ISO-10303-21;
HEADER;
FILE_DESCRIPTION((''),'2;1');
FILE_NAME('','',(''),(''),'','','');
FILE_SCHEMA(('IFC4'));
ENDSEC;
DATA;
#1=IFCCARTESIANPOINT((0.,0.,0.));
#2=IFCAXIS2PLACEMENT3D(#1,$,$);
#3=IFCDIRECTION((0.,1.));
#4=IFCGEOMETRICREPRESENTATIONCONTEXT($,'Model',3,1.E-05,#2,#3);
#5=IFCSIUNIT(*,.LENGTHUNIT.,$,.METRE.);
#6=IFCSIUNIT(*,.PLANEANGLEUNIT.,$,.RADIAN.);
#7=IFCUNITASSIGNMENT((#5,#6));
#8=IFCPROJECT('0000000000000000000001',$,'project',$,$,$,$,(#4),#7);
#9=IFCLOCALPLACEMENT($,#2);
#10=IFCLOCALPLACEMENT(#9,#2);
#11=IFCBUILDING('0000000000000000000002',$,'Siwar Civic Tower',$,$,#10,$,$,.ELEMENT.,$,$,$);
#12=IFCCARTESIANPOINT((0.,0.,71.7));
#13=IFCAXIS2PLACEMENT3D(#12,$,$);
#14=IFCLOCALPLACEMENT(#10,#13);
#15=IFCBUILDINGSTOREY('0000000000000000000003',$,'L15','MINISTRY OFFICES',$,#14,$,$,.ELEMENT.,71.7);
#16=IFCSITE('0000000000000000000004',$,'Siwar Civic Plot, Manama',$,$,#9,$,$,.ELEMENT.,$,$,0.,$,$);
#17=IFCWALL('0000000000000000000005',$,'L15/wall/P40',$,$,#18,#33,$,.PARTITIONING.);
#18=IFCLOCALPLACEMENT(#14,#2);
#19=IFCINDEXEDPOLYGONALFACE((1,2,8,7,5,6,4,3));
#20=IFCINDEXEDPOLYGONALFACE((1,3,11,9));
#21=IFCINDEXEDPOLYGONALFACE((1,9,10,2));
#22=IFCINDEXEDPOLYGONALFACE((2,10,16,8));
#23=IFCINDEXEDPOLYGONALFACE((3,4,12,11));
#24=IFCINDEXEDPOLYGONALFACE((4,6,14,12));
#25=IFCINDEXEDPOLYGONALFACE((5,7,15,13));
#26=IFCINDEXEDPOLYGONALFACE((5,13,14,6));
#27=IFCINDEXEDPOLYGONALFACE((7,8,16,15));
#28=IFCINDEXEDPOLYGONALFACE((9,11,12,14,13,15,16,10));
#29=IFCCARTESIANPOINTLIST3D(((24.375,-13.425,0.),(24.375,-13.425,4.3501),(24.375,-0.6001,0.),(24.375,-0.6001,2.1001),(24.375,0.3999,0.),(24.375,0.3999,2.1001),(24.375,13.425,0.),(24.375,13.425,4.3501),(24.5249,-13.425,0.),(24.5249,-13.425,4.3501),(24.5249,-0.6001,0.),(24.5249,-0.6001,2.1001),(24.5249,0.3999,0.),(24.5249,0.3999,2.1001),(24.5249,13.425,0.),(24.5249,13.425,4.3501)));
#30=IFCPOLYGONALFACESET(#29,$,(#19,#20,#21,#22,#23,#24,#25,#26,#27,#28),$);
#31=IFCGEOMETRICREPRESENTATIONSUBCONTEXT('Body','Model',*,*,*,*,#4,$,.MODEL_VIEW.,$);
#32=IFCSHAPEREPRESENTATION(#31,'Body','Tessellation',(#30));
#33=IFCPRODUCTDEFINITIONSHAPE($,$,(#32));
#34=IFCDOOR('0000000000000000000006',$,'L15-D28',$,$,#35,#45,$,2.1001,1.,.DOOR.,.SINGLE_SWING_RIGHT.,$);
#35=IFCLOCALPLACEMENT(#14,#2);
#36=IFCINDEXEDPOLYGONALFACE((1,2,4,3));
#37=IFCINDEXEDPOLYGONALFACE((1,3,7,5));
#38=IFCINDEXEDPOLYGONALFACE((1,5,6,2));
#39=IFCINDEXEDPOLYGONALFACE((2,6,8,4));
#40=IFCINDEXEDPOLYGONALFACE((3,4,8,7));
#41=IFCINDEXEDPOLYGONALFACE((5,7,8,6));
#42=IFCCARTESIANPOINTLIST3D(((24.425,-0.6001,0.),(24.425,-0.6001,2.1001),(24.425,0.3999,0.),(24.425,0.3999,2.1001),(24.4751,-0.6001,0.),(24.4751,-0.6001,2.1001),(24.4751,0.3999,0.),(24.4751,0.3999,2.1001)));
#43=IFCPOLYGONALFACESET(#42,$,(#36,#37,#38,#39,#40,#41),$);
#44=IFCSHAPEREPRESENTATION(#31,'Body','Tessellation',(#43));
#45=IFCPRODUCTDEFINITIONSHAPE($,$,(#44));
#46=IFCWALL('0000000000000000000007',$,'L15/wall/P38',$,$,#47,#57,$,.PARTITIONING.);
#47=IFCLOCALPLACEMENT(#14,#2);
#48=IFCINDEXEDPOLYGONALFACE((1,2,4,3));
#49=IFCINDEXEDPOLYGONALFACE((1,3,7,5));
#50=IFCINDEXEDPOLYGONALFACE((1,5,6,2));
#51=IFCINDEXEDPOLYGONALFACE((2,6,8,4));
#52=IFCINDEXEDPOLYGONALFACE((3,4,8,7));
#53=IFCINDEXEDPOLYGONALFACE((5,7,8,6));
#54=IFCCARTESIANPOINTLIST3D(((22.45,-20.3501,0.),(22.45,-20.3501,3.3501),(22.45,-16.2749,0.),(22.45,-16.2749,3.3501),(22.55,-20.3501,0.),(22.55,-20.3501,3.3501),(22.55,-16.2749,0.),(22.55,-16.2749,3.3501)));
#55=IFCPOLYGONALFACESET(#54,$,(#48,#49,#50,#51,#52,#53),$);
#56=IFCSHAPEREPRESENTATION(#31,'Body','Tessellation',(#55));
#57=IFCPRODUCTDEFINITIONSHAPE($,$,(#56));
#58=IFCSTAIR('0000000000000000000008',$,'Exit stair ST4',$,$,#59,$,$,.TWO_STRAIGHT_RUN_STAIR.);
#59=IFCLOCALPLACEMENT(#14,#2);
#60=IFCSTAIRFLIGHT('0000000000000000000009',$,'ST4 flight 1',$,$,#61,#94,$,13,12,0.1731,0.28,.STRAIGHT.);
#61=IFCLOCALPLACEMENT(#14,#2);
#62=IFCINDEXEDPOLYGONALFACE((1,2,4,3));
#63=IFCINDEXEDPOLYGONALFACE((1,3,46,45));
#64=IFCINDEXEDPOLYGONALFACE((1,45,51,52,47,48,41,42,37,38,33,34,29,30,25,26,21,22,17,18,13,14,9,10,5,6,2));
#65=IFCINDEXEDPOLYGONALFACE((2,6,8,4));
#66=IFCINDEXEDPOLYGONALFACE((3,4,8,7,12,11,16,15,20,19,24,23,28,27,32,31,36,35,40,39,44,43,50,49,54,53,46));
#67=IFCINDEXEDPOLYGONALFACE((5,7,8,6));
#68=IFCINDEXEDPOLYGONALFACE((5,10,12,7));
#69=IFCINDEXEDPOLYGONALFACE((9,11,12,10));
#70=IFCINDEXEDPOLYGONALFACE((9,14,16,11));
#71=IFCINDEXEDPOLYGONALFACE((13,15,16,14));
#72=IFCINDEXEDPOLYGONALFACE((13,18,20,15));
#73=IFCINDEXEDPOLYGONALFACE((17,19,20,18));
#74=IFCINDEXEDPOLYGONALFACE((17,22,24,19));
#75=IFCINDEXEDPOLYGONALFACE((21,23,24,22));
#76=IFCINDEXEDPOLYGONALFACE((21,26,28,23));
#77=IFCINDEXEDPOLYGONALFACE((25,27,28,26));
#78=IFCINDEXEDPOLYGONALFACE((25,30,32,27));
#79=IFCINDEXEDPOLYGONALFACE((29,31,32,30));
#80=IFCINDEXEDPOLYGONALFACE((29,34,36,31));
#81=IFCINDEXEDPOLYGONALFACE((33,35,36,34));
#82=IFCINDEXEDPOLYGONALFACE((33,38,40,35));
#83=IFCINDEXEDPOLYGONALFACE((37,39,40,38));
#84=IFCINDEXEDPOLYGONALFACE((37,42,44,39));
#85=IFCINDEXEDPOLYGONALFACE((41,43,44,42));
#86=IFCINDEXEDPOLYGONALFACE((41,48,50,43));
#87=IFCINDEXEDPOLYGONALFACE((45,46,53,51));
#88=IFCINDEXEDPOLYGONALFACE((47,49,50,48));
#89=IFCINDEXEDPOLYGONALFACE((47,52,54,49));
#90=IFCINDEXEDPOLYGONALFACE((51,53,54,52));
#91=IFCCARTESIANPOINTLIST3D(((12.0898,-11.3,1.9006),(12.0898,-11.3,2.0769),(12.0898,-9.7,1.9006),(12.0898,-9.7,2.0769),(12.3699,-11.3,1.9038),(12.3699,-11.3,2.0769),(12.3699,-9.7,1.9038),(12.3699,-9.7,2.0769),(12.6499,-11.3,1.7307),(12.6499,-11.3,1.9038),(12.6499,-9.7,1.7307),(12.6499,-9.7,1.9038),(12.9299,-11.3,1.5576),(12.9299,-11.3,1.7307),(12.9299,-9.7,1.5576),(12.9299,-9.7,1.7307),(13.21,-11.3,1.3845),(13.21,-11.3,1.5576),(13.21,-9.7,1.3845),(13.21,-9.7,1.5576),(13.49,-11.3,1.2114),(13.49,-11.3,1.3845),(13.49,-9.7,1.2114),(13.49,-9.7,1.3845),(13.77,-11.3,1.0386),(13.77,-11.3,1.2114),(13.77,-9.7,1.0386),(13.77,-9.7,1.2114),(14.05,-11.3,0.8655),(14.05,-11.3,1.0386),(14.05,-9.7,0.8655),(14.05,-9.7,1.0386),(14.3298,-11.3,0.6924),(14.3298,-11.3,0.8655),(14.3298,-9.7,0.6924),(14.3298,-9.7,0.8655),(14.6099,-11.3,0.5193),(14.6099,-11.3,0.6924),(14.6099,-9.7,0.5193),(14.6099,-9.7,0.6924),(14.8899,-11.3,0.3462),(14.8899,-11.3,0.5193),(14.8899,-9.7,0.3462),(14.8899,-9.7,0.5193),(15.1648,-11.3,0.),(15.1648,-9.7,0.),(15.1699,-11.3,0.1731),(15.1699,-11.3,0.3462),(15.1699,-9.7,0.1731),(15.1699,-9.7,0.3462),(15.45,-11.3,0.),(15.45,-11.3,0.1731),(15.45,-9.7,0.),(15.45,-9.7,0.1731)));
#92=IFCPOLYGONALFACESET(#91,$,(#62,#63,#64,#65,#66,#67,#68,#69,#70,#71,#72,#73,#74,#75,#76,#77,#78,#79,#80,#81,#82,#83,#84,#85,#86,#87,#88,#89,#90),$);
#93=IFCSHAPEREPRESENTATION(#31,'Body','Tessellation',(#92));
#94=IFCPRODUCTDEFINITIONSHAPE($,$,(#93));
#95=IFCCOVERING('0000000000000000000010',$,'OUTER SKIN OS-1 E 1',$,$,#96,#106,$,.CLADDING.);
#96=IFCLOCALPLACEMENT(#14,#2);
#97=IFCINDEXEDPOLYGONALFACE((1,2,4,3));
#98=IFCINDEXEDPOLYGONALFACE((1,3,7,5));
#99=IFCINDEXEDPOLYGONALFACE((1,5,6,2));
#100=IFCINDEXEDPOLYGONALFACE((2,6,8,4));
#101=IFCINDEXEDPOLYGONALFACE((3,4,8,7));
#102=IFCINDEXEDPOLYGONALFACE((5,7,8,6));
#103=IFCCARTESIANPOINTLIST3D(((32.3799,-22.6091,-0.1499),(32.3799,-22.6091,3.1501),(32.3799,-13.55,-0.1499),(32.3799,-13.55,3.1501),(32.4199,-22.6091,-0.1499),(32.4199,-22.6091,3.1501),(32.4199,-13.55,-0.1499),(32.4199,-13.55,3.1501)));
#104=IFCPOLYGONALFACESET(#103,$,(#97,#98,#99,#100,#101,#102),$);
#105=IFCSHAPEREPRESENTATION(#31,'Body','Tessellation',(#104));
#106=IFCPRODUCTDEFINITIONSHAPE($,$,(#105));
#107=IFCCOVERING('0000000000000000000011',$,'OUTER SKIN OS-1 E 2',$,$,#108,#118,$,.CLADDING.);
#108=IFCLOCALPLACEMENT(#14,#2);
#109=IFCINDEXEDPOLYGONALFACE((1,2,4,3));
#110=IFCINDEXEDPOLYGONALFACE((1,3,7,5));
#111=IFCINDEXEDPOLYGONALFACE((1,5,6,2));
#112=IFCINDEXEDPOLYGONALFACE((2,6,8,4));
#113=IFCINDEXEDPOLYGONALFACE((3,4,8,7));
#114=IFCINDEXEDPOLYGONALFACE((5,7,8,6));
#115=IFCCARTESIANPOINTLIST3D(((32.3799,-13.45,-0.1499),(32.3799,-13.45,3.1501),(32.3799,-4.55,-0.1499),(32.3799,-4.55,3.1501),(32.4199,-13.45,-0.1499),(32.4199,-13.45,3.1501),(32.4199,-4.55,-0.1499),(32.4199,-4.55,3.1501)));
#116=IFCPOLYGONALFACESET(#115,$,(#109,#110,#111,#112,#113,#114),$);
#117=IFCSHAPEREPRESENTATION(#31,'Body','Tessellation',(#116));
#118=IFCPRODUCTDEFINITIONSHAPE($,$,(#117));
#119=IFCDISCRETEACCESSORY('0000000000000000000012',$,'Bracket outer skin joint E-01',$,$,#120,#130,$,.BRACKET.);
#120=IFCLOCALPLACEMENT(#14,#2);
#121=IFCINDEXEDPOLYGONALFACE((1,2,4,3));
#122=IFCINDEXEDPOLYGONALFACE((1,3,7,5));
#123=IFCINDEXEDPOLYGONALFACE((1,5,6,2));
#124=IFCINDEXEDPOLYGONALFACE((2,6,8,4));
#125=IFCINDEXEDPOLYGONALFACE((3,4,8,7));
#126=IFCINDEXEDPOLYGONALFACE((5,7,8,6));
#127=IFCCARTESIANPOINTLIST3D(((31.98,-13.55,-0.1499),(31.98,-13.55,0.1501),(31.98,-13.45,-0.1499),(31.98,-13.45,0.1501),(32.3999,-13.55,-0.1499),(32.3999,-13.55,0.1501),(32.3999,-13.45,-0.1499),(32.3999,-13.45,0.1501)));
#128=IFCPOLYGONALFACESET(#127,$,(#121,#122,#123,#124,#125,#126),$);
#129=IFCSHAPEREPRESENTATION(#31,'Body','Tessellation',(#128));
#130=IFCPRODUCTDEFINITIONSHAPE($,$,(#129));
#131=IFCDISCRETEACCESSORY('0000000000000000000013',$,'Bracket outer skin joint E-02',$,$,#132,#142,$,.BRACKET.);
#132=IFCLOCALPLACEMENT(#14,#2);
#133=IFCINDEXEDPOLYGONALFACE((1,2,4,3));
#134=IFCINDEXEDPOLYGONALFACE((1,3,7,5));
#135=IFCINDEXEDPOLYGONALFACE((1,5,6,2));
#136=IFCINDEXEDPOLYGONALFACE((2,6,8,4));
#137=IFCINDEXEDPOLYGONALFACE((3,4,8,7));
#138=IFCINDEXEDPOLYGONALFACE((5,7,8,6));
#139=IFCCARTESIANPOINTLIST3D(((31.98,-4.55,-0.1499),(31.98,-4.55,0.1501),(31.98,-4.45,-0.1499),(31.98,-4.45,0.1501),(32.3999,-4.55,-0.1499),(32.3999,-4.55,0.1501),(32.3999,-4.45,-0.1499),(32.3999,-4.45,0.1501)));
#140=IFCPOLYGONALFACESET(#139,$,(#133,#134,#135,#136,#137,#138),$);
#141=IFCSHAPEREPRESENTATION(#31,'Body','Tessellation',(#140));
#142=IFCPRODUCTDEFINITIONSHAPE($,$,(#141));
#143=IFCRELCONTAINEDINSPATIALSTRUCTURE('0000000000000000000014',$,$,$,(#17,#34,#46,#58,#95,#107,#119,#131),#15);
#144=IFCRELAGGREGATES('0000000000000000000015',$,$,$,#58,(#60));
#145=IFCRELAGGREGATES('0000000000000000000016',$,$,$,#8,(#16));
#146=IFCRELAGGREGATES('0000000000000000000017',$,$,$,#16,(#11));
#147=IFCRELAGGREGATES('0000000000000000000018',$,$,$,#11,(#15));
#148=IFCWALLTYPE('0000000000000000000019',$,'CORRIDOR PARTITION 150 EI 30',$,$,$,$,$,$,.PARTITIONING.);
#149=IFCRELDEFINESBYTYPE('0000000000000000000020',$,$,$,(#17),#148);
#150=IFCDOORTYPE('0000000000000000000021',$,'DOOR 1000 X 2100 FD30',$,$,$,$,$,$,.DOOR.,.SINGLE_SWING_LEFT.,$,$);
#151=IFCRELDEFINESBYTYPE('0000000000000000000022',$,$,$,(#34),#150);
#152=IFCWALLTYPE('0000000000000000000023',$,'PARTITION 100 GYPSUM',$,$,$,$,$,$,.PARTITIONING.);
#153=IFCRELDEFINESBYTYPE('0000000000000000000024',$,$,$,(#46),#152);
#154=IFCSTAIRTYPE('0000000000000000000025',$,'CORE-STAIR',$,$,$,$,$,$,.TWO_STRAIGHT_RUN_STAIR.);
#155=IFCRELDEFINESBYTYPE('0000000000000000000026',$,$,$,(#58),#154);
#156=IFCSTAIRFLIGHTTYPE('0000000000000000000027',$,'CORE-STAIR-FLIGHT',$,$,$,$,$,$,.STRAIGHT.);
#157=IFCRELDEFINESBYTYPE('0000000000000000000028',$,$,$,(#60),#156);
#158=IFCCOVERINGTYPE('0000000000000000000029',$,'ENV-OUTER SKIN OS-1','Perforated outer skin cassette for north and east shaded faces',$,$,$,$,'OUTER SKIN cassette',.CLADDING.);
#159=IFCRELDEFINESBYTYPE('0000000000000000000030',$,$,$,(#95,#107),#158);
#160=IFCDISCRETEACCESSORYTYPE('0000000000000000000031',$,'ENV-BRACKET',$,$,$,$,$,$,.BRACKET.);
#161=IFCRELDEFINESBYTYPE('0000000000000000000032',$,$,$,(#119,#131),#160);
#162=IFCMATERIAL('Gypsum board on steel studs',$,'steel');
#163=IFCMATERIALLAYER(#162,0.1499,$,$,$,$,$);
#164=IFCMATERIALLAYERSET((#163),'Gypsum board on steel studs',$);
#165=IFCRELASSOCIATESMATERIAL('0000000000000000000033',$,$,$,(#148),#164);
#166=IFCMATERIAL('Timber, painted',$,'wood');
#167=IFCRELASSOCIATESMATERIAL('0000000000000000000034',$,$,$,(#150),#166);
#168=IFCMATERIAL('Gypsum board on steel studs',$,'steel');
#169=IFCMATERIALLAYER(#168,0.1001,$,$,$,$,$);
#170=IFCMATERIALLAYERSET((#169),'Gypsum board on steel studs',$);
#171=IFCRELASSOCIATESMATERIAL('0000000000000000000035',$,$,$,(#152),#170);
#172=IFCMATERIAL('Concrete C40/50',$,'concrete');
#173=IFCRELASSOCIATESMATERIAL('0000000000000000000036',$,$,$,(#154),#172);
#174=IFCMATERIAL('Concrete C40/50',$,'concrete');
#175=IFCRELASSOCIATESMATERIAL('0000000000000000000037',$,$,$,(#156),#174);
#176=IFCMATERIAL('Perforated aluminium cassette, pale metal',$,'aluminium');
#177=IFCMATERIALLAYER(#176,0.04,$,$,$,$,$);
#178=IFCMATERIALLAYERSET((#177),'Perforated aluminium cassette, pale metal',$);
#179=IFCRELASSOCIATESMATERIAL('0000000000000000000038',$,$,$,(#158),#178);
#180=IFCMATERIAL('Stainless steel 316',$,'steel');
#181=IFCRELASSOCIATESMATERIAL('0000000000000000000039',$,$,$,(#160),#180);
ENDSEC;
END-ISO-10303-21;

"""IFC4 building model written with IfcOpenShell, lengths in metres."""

from ifc_helpers import new_model, si_unit, direction, frame, frame_2d, origin, origin_2d, place, context, subcontext, project, spatial, polyline, rectangle, outline, extrude, material, layer, layer_set, type_object, element, fill, aggregate, save


model = new_model("IFC4")

# Units and contexts
model_context = context("Model", 3, precision=1e-05, world=origin(), true_north=direction((0.0, 1.0)))
body_context = subcontext(model_context, "Body", "Model", "MODEL_VIEW")
ifc_project = project(units=[si_unit("LENGTHUNIT", "METRE"), si_unit("PLANEANGLEUNIT", "RADIAN")], contexts=[model_context])

# Site, building, storey
site_placement = place(None, origin())
site = spatial("IfcSite", under=ifc_project, at=site_placement, Name="Siwar Civic Plot, Manama", CompositionType="ELEMENT", RefElevation=0.0)
building_placement = place(site_placement, origin())
building = spatial("IfcBuilding", under=site, at=building_placement, Name="Siwar Civic Tower", CompositionType="ELEMENT")
storey_placement = place(building_placement, frame((0.0, 0.0, 71.7)))
storey = spatial("IfcBuildingStorey", under=building, at=storey_placement, Name="L15", Description="MINISTRY OFFICES", CompositionType="ELEMENT", Elevation=71.7)

# Shared definitions
ifc_material_1 = material(Name="Gypsum board on steel studs", Category="steel")
ifc_layer_1 = layer(ifc_material_1, 0.1499)
ifc_layer_set_1 = layer_set([ifc_layer_1], Name="Gypsum board on steel studs")
wall_type_1 = type_object("IfcWallType", Name="CORRIDOR PARTITION 150 EI 30", PredefinedType="PARTITIONING", material=ifc_layer_set_1)

# Wall, opening, door
wall_1_placement = place(storey_placement, frame((24.45, -13.425, 0.0), z_axis=(0.0, 0.0, 1.0), x_axis=(0.0, 1.0, 0.0)))
wall_1 = element("IfcWall", 1, at=wall_1_placement, inside=storey, type_object=wall_type_1, Name="L15/wall/P40", PredefinedType="PARTITIONING", context=body_context, shape_type="SweptSolid", body=[
    extrude(rectangle(XDim=26.8501, YDim=0.1499, at=frame_2d((13.425, 0.0))), origin(), (0.0, 0.0, 1.0), 4.3501),
])
opening_1_placement = place(wall_1_placement, frame((12.825, 0.0, 0.0)))
opening_1 = element("IfcOpeningElement", 2, at=opening_1_placement, cuts=wall_1, PredefinedType="OPENING", context=body_context, shape_type="SweptSolid", body=[
    extrude(rectangle(XDim=1.0, YDim=2.1001, at=frame_2d((0.5, 1.05))), frame((0.0, 0.085, 0.0), z_axis=(0.0, -1.0, 0.0), x_axis=(1.0, 0.0, 0.0)), (0.0, 0.0, 1.0), 0.1699),
])
ifc_material_2 = material(Name="Timber, painted", Category="wood")
door_type_1 = type_object("IfcDoorType", Name="DOOR 1000 X 2100 FD30", OperationType="SINGLE_SWING_LEFT", PredefinedType="DOOR", material=ifc_material_2)
door_1_placement = place(opening_1_placement, origin())
door_1 = element("IfcDoor", 3, at=door_1_placement, inside=storey, type_object=door_type_1, Name="L15-D28", OperationType="SINGLE_SWING_RIGHT", OverallHeight=2.1001, OverallWidth=1.0, PredefinedType="DOOR", context=body_context, shape_type="SweptSolid", body=[
    extrude(rectangle(XDim=1.0, YDim=2.1001, at=frame_2d((0.5, 1.05))), frame((0.0, 0.0249, 0.0), z_axis=(0.0, -1.0, 0.0), x_axis=(1.0, 0.0, 0.0)), (0.0, 0.0, 1.0), 0.05),
])
fill(opening_1, door_1)

# Wall
ifc_material_3 = material(Name="Gypsum board on steel studs", Category="steel")
ifc_layer_2 = layer(ifc_material_3, 0.1001)
ifc_layer_set_2 = layer_set([ifc_layer_2], Name="Gypsum board on steel studs")
wall_type_2 = type_object("IfcWallType", Name="PARTITION 100 GYPSUM", PredefinedType="PARTITIONING", material=ifc_layer_set_2)
wall_2_placement = place(storey_placement, frame((22.5, -20.3501, 0.0), z_axis=(0.0, 0.0, 1.0), x_axis=(0.0, 1.0, 0.0)))
element("IfcWall", 4, at=wall_2_placement, inside=storey, type_object=wall_type_2, Name="L15/wall/P38", PredefinedType="PARTITIONING", context=body_context, shape_type="SweptSolid", body=[
    extrude(rectangle(XDim=4.0752, YDim=0.1001, at=frame_2d((2.0376, 0.0))), origin(), (0.0, 0.0, 1.0), 3.3501),
])

# Stair, stair flight
ifc_material_4 = material(Name="Concrete C40/50", Category="concrete")
stair_type = type_object("IfcStairType", Name="CORE-STAIR", PredefinedType="TWO_STRAIGHT_RUN_STAIR", material=ifc_material_4)
stair_placement = place(storey_placement, origin())
stair = element("IfcStair", 5, at=stair_placement, inside=storey, type_object=stair_type, Name="Exit stair ST4", PredefinedType="TWO_STRAIGHT_RUN_STAIR")
ifc_material_5 = material(Name="Concrete C40/50", Category="concrete")
stair_flight_type = type_object("IfcStairFlightType", Name="CORE-STAIR-FLIGHT", PredefinedType="STRAIGHT", material=ifc_material_5)
stair_flight_placement = place(storey_placement, frame((15.45, -10.5, 0.0), z_axis=(0.0, 0.0, 1.0), x_axis=(-1.0, 0.0, 0.0)))
stair_flight = element("IfcStairFlight", 6, at=stair_flight_placement, type_object=stair_flight_type, Name="ST4 flight 1", NumberOfRisers=13, NumberOfTreads=12, PredefinedType="STRAIGHT", RiserHeight=0.1731, TreadLength=0.28, context=body_context, shape_type="SweptSolid", body=[
    extrude(outline(polyline([(0.0, 0.0), (0.0, 0.1731), (0.28, 0.1731), (0.28, 0.3462), (0.5601, 0.3462), (0.5601, 0.5193), (0.8401, 0.5193), (0.8401, 0.6924), (1.1201, 0.6924), (1.1201, 0.8655), (1.3999, 0.8655), (1.3999, 1.0386), (1.6799, 1.0386), (1.6799, 1.2114), (1.96, 1.2114), (1.96, 1.3845), (2.24, 1.3845), (2.24, 1.5576), (2.52, 1.5576), (2.52, 1.7307), (2.8, 1.7307), (2.8, 1.9038), (3.0801, 1.9038), (3.0801, 2.0769), (3.3601, 2.0769), (3.3601, 2.25), (3.3601, 1.9006), (0.2852, 0.0), (0.0, 0.0)])), frame((0.0, 0.8, 0.0), z_axis=(0.0, -1.0, 0.0), x_axis=(1.0, 0.0, 0.0)), (0.0, 0.0, 1.0), 1.6001),
])
aggregate(stair, [stair_flight])

# Coverings
ifc_material_6 = material(Name="Perforated aluminium cassette, pale metal", Category="aluminium")
ifc_layer_3 = layer(ifc_material_6, 0.04)
ifc_layer_set_3 = layer_set([ifc_layer_3], Name="Perforated aluminium cassette, pale metal")
covering_type = type_object("IfcCoveringType", Name="ENV-OUTER SKIN OS-1", Description="Perforated outer skin cassette for north and east shaded faces", ElementType="OUTER SKIN cassette", PredefinedType="CLADDING", material=ifc_layer_set_3)
covering_1_placement = place(storey_placement, frame((32.3999, -18.0796, -0.1499), z_axis=(0.0, 0.0, 1.0), x_axis=(0.0, 1.0, 0.0)))
element("IfcCovering", 7, at=covering_1_placement, inside=storey, type_object=covering_type, Name="OUTER SKIN OS-1 E 1", PredefinedType="CLADDING", context=body_context, shape_type="SweptSolid", body=[
    extrude(rectangle(XDim=9.0591, YDim=0.04, at=origin_2d()), origin(), (0.0, 0.0, 1.0), 3.3),
])
covering_2_placement = place(storey_placement, frame((32.3999, -9.0, -0.1499), z_axis=(0.0, 0.0, 1.0), x_axis=(0.0, 1.0, 0.0)))
element("IfcCovering", 8, at=covering_2_placement, inside=storey, type_object=covering_type, Name="OUTER SKIN OS-1 E 2", PredefinedType="CLADDING", context=body_context, shape_type="SweptSolid", body=[
    extrude(rectangle(XDim=8.8999, YDim=0.04, at=origin_2d()), origin(), (0.0, 0.0, 1.0), 3.3),
])

# Discrete accessories
ifc_material_7 = material(Name="Stainless steel 316", Category="steel")
discrete_accessory_type = type_object("IfcDiscreteAccessoryType", Name="ENV-BRACKET", PredefinedType="BRACKET", material=ifc_material_7)
for number, where, z_axis, x_axis, name in (
    (9, (32.1899, -13.5, -0.1499), (0.0, 0.0, 1.0), (1.0, 0.0, 0.0), "Bracket outer skin joint E-01"),
    (10, (32.1899, -4.5, -0.1499), (0.0, 0.0, 1.0), (1.0, 0.0, 0.0), "Bracket outer skin joint E-02"),
):
    element("IfcDiscreteAccessory", number, at=place(storey_placement, frame(where, z_axis=z_axis, x_axis=x_axis)), inside=storey, type_object=discrete_accessory_type, Name=name, PredefinedType="BRACKET", context=body_context, shape_type="SweptSolid", body=[
        extrude(rectangle(XDim=0.4199, YDim=0.1001, at=origin_2d()), origin(), (0.0, 0.0, 1.0), 0.3),
    ])

save(model, "model.ifc")
